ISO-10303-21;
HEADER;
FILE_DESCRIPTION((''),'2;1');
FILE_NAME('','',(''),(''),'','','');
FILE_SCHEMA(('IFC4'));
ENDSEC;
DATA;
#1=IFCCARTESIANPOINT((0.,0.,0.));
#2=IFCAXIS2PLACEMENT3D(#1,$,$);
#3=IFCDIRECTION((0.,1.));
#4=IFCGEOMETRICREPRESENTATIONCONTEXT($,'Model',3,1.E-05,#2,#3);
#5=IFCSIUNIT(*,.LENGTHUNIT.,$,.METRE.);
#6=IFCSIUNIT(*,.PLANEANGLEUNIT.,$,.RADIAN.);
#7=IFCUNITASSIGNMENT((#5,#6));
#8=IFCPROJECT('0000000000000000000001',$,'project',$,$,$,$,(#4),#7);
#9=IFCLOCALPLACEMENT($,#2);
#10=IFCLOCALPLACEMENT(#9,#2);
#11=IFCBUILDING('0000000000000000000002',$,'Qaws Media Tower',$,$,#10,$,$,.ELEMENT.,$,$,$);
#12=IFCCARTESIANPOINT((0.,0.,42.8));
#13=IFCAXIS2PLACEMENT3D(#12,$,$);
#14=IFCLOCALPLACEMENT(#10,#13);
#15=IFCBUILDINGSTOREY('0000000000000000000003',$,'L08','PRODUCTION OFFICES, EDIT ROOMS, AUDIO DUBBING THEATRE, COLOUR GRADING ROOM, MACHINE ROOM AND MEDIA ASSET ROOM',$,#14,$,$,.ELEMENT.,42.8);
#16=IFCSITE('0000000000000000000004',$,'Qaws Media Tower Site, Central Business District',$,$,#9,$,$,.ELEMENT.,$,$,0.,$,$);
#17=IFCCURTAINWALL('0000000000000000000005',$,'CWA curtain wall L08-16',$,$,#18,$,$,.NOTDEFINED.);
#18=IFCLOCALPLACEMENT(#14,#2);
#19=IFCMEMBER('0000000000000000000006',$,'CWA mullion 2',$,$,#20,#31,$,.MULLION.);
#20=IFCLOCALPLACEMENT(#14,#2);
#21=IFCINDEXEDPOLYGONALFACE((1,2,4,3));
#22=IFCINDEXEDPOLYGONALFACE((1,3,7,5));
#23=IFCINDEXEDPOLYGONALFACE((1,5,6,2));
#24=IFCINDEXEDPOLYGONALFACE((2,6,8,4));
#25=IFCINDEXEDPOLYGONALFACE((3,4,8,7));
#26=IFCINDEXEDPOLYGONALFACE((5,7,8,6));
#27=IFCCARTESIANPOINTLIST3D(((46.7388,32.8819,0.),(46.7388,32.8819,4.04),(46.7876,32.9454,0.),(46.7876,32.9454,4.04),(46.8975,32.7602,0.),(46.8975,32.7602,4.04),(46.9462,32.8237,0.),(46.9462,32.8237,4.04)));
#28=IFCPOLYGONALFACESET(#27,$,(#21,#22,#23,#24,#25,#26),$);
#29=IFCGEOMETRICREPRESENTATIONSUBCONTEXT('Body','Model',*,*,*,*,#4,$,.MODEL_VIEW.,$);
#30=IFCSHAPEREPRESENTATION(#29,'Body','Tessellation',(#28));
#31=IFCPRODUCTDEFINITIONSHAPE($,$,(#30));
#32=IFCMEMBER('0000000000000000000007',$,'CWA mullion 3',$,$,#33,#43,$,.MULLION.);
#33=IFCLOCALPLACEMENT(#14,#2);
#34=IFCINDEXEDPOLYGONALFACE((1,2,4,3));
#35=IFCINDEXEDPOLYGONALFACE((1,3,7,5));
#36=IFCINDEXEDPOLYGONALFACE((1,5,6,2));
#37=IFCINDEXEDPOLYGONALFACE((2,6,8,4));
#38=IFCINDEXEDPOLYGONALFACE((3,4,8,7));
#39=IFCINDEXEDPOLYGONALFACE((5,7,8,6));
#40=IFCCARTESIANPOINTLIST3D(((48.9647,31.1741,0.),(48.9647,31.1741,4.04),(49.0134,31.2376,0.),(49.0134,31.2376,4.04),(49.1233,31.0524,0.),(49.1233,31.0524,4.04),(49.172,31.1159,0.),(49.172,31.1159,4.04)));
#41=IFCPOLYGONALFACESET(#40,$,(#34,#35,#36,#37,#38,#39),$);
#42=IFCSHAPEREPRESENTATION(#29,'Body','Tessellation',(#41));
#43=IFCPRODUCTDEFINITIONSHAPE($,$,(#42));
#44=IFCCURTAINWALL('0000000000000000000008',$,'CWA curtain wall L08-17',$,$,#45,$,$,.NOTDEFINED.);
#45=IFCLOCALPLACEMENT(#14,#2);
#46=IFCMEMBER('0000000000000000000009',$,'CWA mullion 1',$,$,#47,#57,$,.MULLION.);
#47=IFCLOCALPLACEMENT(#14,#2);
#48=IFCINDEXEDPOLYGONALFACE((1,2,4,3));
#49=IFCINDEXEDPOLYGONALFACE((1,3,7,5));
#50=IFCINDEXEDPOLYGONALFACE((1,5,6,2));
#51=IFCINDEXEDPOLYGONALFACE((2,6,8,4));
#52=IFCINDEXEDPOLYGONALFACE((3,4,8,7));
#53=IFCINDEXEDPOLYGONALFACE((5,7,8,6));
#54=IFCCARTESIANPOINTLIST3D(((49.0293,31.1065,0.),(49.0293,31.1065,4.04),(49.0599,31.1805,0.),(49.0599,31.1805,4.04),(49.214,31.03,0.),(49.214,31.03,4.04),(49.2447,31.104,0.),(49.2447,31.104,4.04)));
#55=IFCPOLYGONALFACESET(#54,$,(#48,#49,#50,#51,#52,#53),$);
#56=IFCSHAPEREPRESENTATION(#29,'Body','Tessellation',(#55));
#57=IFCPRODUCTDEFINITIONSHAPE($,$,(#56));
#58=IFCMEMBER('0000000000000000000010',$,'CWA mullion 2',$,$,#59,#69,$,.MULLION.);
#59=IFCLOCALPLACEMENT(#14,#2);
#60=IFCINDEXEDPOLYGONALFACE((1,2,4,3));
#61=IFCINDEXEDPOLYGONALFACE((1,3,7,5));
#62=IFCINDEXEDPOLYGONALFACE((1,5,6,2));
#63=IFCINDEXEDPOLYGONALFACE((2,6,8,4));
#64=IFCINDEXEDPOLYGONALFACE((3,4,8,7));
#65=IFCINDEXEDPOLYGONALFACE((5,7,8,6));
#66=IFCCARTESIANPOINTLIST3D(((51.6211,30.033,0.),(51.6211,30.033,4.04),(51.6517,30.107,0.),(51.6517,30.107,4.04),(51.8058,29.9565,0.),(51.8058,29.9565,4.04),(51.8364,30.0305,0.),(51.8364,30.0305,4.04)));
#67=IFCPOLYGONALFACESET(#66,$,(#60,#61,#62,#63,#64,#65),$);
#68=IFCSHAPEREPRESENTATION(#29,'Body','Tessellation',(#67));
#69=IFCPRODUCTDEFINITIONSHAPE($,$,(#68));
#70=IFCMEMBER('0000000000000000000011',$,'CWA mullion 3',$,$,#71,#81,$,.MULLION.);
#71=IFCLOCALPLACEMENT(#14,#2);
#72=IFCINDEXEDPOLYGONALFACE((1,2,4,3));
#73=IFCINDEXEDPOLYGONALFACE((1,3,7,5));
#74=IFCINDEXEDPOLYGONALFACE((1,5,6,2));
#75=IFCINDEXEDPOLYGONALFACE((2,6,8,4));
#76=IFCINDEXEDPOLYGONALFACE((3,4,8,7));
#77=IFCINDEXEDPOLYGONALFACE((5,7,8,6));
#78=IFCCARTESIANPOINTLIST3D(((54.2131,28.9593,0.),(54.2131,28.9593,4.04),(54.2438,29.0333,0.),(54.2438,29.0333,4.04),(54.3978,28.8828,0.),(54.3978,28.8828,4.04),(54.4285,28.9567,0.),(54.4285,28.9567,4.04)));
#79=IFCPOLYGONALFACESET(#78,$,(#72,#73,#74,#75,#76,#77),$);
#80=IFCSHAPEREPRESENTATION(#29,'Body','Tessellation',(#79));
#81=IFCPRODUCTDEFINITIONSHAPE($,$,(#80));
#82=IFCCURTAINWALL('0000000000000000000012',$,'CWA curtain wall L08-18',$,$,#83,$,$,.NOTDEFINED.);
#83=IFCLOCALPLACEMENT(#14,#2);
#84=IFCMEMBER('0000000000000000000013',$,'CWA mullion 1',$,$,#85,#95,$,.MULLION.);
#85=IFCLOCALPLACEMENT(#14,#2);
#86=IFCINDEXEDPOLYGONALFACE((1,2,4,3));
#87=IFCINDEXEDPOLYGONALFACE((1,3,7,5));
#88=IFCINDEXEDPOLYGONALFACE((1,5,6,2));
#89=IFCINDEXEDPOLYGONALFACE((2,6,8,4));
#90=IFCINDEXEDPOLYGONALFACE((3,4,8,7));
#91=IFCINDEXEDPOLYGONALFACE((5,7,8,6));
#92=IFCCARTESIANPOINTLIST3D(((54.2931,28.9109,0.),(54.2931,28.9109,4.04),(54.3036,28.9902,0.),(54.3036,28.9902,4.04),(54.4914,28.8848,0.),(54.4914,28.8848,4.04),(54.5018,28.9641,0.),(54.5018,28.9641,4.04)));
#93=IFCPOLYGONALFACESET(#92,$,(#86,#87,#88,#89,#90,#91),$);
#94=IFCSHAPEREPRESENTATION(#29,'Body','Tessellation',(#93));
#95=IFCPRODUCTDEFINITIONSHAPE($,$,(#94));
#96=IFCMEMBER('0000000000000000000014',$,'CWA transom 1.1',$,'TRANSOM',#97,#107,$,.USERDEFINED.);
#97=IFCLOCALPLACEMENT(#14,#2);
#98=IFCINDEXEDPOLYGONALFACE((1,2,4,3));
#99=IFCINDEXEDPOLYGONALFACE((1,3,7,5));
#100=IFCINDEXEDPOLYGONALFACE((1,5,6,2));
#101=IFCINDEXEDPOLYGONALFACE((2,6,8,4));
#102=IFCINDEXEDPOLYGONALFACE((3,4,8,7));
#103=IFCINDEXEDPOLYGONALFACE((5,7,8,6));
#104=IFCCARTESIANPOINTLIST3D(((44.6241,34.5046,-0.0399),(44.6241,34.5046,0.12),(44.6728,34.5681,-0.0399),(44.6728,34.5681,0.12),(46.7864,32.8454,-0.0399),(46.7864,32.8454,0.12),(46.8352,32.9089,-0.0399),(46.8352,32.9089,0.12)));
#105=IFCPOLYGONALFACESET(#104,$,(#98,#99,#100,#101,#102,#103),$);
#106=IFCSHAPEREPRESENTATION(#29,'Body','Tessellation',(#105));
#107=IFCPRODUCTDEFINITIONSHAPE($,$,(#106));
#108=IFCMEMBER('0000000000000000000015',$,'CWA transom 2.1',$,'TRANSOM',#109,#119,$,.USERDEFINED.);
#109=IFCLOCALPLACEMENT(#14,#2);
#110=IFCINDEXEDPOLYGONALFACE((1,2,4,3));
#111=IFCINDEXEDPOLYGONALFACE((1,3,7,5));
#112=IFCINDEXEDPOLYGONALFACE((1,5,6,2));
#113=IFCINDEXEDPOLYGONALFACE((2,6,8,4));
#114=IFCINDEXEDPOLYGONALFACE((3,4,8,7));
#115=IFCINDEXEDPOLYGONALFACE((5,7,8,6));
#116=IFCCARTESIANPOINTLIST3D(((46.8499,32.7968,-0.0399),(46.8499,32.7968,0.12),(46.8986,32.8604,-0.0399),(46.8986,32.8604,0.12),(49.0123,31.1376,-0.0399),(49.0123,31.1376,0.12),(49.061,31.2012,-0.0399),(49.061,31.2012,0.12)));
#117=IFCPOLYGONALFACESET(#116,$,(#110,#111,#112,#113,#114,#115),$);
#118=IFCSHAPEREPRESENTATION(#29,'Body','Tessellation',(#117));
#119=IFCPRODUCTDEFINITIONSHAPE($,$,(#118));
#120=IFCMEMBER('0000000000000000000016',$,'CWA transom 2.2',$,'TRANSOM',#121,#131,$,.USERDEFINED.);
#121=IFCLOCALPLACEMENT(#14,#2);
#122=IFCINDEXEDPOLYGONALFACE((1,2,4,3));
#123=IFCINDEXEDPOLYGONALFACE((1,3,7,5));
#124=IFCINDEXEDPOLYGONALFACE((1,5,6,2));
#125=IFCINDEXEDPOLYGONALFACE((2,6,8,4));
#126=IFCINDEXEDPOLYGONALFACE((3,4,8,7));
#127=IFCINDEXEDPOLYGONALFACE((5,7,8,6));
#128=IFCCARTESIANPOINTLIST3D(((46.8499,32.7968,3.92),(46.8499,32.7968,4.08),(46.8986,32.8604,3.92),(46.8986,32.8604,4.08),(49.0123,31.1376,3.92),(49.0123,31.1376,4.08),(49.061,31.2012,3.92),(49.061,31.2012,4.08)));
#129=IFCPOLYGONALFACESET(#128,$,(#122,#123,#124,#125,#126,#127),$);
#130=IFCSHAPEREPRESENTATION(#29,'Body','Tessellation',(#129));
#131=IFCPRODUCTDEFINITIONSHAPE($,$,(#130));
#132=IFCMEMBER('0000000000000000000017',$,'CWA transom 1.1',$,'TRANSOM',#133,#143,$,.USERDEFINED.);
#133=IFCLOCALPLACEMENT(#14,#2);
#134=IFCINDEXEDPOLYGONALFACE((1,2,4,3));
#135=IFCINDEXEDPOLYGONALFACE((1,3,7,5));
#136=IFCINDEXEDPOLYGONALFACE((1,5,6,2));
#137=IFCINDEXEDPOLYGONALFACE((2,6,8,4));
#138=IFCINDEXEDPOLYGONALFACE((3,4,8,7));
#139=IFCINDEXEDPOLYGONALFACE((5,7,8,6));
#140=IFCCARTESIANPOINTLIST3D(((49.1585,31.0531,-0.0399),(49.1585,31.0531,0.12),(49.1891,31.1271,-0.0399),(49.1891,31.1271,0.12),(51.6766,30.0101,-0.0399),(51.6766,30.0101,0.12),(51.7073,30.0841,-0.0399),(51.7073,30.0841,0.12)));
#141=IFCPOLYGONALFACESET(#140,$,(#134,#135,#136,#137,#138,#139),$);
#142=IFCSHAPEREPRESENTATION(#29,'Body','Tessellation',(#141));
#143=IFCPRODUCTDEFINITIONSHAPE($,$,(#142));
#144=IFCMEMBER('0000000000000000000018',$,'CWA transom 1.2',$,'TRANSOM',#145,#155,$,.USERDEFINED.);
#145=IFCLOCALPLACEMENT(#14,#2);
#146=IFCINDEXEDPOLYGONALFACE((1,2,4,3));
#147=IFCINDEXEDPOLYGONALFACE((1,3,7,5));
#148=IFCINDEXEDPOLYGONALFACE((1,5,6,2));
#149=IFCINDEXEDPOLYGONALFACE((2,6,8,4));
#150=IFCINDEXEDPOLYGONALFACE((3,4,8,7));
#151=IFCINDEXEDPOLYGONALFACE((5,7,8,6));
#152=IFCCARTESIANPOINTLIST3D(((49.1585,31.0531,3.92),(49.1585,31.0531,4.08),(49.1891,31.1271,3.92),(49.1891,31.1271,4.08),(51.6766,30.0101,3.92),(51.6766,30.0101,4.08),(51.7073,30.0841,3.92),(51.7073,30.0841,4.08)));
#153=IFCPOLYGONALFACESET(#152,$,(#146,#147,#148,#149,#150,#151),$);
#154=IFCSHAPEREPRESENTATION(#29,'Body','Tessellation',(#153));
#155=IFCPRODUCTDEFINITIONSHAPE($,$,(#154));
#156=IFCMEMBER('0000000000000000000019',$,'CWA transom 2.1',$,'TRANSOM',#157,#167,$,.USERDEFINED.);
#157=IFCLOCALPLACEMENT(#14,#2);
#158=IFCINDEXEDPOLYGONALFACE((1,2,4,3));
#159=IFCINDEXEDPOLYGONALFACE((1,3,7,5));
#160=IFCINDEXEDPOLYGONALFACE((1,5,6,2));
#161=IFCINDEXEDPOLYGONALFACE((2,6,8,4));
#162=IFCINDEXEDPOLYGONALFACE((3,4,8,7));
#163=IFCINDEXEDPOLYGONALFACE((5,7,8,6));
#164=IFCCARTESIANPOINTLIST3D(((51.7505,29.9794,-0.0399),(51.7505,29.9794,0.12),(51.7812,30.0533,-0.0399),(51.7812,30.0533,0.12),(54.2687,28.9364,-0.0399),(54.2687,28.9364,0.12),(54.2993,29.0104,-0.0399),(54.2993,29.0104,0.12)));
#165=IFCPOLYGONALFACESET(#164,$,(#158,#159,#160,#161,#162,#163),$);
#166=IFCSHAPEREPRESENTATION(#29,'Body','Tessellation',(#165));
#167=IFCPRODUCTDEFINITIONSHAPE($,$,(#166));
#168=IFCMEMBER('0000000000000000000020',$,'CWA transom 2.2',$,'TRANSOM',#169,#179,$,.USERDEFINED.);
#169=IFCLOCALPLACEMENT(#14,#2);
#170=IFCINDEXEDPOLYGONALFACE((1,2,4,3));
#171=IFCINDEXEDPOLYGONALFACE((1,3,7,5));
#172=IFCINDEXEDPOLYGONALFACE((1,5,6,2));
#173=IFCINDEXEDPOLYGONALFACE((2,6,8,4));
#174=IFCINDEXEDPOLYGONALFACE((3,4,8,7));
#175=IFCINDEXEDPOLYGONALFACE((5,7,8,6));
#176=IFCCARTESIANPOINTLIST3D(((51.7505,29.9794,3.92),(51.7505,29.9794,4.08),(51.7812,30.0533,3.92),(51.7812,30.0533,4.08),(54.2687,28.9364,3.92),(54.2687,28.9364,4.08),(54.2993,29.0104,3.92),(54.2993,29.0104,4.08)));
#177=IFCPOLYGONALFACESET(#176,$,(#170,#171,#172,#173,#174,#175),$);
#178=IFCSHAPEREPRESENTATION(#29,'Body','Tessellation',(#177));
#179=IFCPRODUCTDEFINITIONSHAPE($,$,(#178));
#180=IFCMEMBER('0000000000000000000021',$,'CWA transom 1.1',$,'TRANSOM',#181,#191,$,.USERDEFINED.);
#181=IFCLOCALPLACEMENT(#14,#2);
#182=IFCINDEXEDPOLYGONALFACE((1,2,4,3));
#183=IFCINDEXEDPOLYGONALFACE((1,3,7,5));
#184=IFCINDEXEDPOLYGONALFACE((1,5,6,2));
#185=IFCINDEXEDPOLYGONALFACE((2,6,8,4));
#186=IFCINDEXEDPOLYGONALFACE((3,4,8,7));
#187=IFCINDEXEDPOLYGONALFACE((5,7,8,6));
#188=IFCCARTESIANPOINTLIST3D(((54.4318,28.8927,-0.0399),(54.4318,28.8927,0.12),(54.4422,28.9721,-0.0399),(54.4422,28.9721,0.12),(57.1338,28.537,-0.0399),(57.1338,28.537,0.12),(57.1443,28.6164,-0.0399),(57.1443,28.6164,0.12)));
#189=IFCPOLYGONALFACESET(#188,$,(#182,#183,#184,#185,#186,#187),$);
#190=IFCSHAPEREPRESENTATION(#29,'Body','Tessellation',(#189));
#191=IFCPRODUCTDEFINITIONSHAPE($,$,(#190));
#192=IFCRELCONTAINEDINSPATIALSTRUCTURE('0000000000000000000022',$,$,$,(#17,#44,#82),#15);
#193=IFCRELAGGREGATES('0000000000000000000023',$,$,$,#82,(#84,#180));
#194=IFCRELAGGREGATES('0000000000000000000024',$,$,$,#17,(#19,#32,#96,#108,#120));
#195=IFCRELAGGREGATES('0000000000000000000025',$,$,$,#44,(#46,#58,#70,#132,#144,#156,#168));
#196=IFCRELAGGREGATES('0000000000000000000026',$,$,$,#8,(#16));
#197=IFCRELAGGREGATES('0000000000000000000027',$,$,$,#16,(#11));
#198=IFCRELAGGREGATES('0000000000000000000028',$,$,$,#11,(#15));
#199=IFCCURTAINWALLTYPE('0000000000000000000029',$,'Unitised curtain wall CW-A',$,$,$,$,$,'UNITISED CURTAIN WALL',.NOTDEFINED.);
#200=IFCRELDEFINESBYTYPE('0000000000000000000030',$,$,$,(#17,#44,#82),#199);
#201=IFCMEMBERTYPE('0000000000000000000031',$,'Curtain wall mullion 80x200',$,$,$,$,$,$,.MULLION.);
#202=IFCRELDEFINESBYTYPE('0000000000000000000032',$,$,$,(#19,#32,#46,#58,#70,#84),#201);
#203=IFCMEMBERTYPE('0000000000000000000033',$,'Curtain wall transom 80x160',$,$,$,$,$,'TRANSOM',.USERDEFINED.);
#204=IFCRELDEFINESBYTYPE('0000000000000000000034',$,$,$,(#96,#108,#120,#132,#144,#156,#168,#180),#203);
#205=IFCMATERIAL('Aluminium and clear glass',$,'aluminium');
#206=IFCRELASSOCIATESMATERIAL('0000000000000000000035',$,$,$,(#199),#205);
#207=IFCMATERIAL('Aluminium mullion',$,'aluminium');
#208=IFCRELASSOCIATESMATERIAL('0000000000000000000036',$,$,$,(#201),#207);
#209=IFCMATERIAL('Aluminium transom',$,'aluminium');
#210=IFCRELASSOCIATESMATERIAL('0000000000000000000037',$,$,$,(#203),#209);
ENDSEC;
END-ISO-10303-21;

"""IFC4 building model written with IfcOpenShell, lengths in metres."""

from ifc_helpers import new_model, si_unit, direction, frame, origin, origin_2d, place, context, subcontext, project, spatial, rectangle, extrude, material, material_profile, profile_set, type_object, element, aggregate, save


model = new_model("IFC4")

# Units and contexts
model_context = context("Model", 3, precision=1e-05, world=origin(), true_north=direction((0.0, 1.0)))
body_context = subcontext(model_context, "Body", "Model", "MODEL_VIEW")
ifc_project = project(units=[si_unit("LENGTHUNIT", "METRE"), si_unit("PLANEANGLEUNIT", "RADIAN")], contexts=[model_context])

# Site, building, storey
site_placement = place(None, origin())
site = spatial("IfcSite", under=ifc_project, at=site_placement, Name="Qaws Media Tower Site, Central Business District", CompositionType="ELEMENT", RefElevation=0.0)
building_placement = place(site_placement, origin())
building = spatial("IfcBuilding", under=site, at=building_placement, Name="Qaws Media Tower", CompositionType="ELEMENT")
storey_placement = place(building_placement, frame((0.0, 0.0, 42.8)))
storey = spatial("IfcBuildingStorey", under=building, at=storey_placement, Name="L08", Description="PRODUCTION OFFICES, EDIT ROOMS, AUDIO DUBBING THEATRE, COLOUR GRADING ROOM, MACHINE ROOM AND MEDIA ASSET ROOM", CompositionType="ELEMENT", Elevation=42.8)

# Curtain walls, members
ifc_material_1 = material(Name="Aluminium and clear glass", Category="aluminium")
curtain_wall_type = type_object("IfcCurtainWallType", Name="Unitised curtain wall CW-A", ElementType="UNITISED CURTAIN WALL", PredefinedType="NOTDEFINED", material=ifc_material_1)
curtain_wall_1_placement = place(storey_placement, origin())
curtain_wall_1 = element("IfcCurtainWall", 1, at=curtain_wall_1_placement, inside=storey, type_object=curtain_wall_type, Name="CWA curtain wall L08-16", PredefinedType="NOTDEFINED")
ifc_material_2 = material(Name="Aluminium mullion", Category="aluminium")
ifc_material_profile_1 = material_profile(ifc_material_2, rectangle(XDim=0.0801, YDim=0.2, at=origin_2d()), Name="80x200")
ifc_profile_set_1 = profile_set([ifc_material_profile_1], Name="Aluminium mullion")
member_type_1 = type_object("IfcMemberType", Name="Curtain wall mullion 80x200", PredefinedType="MULLION", material=ifc_profile_set_1)
member_1_placement = place(storey_placement, frame((46.8425, 32.8528, 0.0), z_axis=(0.0, 0.0, 1.0), x_axis=(0.608761, 0.793353, 0.0)))
member_1 = element("IfcMember", 2, at=member_1_placement, type_object=member_type_1, Name="CWA mullion 2", PredefinedType="MULLION", context=body_context, shape_type="SweptSolid", body=[
    extrude(rectangle(XDim=0.0801, YDim=0.2, at=origin_2d()), origin(), (0.0, 0.0, 1.0), 4.04),
])
member_2_placement = place(storey_placement, frame((49.0684, 31.145, 0.0), z_axis=(0.0, 0.0, 1.0), x_axis=(0.608761, 0.793353, 0.0)))
member_2 = element("IfcMember", 3, at=member_2_placement, type_object=member_type_1, Name="CWA mullion 3", PredefinedType="MULLION", context=body_context, shape_type="SweptSolid", body=[
    extrude(rectangle(XDim=0.0801, YDim=0.2, at=origin_2d()), origin(), (0.0, 0.0, 1.0), 4.04),
])
curtain_wall_2_placement = place(storey_placement, origin())
curtain_wall_2 = element("IfcCurtainWall", 4, at=curtain_wall_2_placement, inside=storey, type_object=curtain_wall_type, Name="CWA curtain wall L08-17", PredefinedType="NOTDEFINED")
member_3_placement = place(storey_placement, frame((49.137, 31.1052, 0.0), z_axis=(0.0, 0.0, 1.0), x_axis=(0.382683, 0.92388, 0.0)))
member_3 = element("IfcMember", 5, at=member_3_placement, type_object=member_type_1, Name="CWA mullion 1", PredefinedType="MULLION", context=body_context, shape_type="SweptSolid", body=[
    extrude(rectangle(XDim=0.0801, YDim=0.2, at=origin_2d()), origin(), (0.0, 0.0, 1.0), 4.04),
])
member_4_placement = place(storey_placement, frame((51.7288, 30.0317, 0.0), z_axis=(0.0, 0.0, 1.0), x_axis=(0.382683, 0.92388, 0.0)))
member_4 = element("IfcMember", 6, at=member_4_placement, type_object=member_type_1, Name="CWA mullion 2", PredefinedType="MULLION", context=body_context, shape_type="SweptSolid", body=[
    extrude(rectangle(XDim=0.0801, YDim=0.2, at=origin_2d()), origin(), (0.0, 0.0, 1.0), 4.04),
])
member_5_placement = place(storey_placement, frame((54.3208, 28.958, 0.0), z_axis=(0.0, 0.0, 1.0), x_axis=(0.382683, 0.92388, 0.0)))
member_5 = element("IfcMember", 7, at=member_5_placement, type_object=member_type_1, Name="CWA mullion 3", PredefinedType="MULLION", context=body_context, shape_type="SweptSolid", body=[
    extrude(rectangle(XDim=0.0801, YDim=0.2, at=origin_2d()), origin(), (0.0, 0.0, 1.0), 4.04),
])

# Curtain wall, member
curtain_wall_3_placement = place(storey_placement, origin())
curtain_wall_3 = element("IfcCurtainWall", 8, at=curtain_wall_3_placement, inside=storey, type_object=curtain_wall_type, Name="CWA curtain wall L08-18", PredefinedType="NOTDEFINED")
member_6_placement = place(storey_placement, frame((54.3975, 28.9375, 0.0), z_axis=(0.0, 0.0, 1.0), x_axis=(0.130526, 0.991445, 0.0)))
member_6 = element("IfcMember", 9, at=member_6_placement, type_object=member_type_1, Name="CWA mullion 1", PredefinedType="MULLION", context=body_context, shape_type="SweptSolid", body=[
    extrude(rectangle(XDim=0.0801, YDim=0.2, at=origin_2d()), origin(), (0.0, 0.0, 1.0), 4.04),
])

# Members
ifc_material_3 = material(Name="Aluminium transom", Category="aluminium")
ifc_material_profile_2 = material_profile(ifc_material_3, rectangle(XDim=0.0801, YDim=0.1599, at=origin_2d()), Name="80x160")
ifc_profile_set_2 = profile_set([ifc_material_profile_2], Name="Aluminium transom")
member_type_2 = type_object("IfcMemberType", Name="Curtain wall transom 80x160", ElementType="TRANSOM", PredefinedType="USERDEFINED", material=ifc_profile_set_2)
member_7_placement = place(storey_placement, frame((44.6484, 34.5364, 0.04), z_axis=(0.793363, -0.608749, 0.0), x_axis=(0.608749, 0.793363, 0.0)))
member_7 = element("IfcMember", 10, at=member_7_placement, type_object=member_type_2, Name="CWA transom 1.1", ObjectType="TRANSOM", PredefinedType="USERDEFINED", context=body_context, shape_type="SweptSolid", body=[
    extrude(rectangle(XDim=0.0801, YDim=0.1599, at=origin_2d()), origin(), (0.0, 0.0, 1.0), 2.7256),
])
member_8_placement = place(storey_placement, frame((46.8743, 32.8286, 0.04), z_axis=(0.793363, -0.608749, 0.0), x_axis=(0.608749, 0.793363, 0.0)))
member_8 = element("IfcMember", 11, at=member_8_placement, type_object=member_type_2, Name="CWA transom 2.1", ObjectType="TRANSOM", PredefinedType="USERDEFINED", context=body_context, shape_type="SweptSolid", body=[
    extrude(rectangle(XDim=0.0801, YDim=0.1599, at=origin_2d()), origin(), (0.0, 0.0, 1.0), 2.7256),
])
member_9_placement = place(storey_placement, frame((46.8743, 32.8286, 4.0), z_axis=(0.793363, -0.608749, 0.0), x_axis=(0.608749, 0.793363, 0.0)))
member_9 = element("IfcMember", 12, at=member_9_placement, type_object=member_type_2, Name="CWA transom 2.2", ObjectType="TRANSOM", PredefinedType="USERDEFINED", context=body_context, shape_type="SweptSolid", body=[
    extrude(rectangle(XDim=0.0801, YDim=0.1599, at=origin_2d()), origin(), (0.0, 0.0, 1.0), 2.7256),
])
member_10_placement = place(storey_placement, frame((49.1738, 31.0901, 0.04), z_axis=(0.923886, -0.382668, 0.0), x_axis=(0.382668, 0.923886, 0.0)))
member_10 = element("IfcMember", 13, at=member_10_placement, type_object=member_type_2, Name="CWA transom 1.1", ObjectType="TRANSOM", PredefinedType="USERDEFINED", context=body_context, shape_type="SweptSolid", body=[
    extrude(rectangle(XDim=0.0801, YDim=0.1599, at=origin_2d()), origin(), (0.0, 0.0, 1.0), 2.7256),
])
member_11_placement = place(storey_placement, frame((49.1738, 31.0901, 4.0), z_axis=(0.923886, -0.382668, 0.0), x_axis=(0.382668, 0.923886, 0.0)))
member_11 = element("IfcMember", 14, at=member_11_placement, type_object=member_type_2, Name="CWA transom 1.2", ObjectType="TRANSOM", PredefinedType="USERDEFINED", context=body_context, shape_type="SweptSolid", body=[
    extrude(rectangle(XDim=0.0801, YDim=0.1599, at=origin_2d()), origin(), (0.0, 0.0, 1.0), 2.7256),
])
member_12_placement = place(storey_placement, frame((51.7659, 30.0164, 0.04), z_axis=(0.923886, -0.382668, 0.0), x_axis=(0.382668, 0.923886, 0.0)))
member_12 = element("IfcMember", 15, at=member_12_placement, type_object=member_type_2, Name="CWA transom 2.1", ObjectType="TRANSOM", PredefinedType="USERDEFINED", context=body_context, shape_type="SweptSolid", body=[
    extrude(rectangle(XDim=0.0801, YDim=0.1599, at=origin_2d()), origin(), (0.0, 0.0, 1.0), 2.7256),
])
member_13_placement = place(storey_placement, frame((51.7659, 30.0164, 4.0), z_axis=(0.923886, -0.382668, 0.0), x_axis=(0.382668, 0.923886, 0.0)))
member_13 = element("IfcMember", 16, at=member_13_placement, type_object=member_type_2, Name="CWA transom 2.2", ObjectType="TRANSOM", PredefinedType="USERDEFINED", context=body_context, shape_type="SweptSolid", body=[
    extrude(rectangle(XDim=0.0801, YDim=0.1599, at=origin_2d()), origin(), (0.0, 0.0, 1.0), 2.7256),
])
member_14_placement = place(storey_placement, frame((54.437, 28.9324, 0.04), z_axis=(0.991446, -0.130515, 0.0), x_axis=(0.130515, 0.991446, 0.0)))
member_14 = element("IfcMember", 17, at=member_14_placement, type_object=member_type_2, Name="CWA transom 1.1", ObjectType="TRANSOM", PredefinedType="USERDEFINED", context=body_context, shape_type="SweptSolid", body=[
    extrude(rectangle(XDim=0.0801, YDim=0.1599, at=origin_2d()), origin(), (0.0, 0.0, 1.0), 2.7253),
])
aggregate(curtain_wall_3, [member_6, member_14])

aggregate(curtain_wall_1, [member_1, member_2, member_7, member_8, member_9])
aggregate(curtain_wall_2, [member_3, member_4, member_5, member_10, member_11, member_12, member_13])

save(model, "model.ifc")
